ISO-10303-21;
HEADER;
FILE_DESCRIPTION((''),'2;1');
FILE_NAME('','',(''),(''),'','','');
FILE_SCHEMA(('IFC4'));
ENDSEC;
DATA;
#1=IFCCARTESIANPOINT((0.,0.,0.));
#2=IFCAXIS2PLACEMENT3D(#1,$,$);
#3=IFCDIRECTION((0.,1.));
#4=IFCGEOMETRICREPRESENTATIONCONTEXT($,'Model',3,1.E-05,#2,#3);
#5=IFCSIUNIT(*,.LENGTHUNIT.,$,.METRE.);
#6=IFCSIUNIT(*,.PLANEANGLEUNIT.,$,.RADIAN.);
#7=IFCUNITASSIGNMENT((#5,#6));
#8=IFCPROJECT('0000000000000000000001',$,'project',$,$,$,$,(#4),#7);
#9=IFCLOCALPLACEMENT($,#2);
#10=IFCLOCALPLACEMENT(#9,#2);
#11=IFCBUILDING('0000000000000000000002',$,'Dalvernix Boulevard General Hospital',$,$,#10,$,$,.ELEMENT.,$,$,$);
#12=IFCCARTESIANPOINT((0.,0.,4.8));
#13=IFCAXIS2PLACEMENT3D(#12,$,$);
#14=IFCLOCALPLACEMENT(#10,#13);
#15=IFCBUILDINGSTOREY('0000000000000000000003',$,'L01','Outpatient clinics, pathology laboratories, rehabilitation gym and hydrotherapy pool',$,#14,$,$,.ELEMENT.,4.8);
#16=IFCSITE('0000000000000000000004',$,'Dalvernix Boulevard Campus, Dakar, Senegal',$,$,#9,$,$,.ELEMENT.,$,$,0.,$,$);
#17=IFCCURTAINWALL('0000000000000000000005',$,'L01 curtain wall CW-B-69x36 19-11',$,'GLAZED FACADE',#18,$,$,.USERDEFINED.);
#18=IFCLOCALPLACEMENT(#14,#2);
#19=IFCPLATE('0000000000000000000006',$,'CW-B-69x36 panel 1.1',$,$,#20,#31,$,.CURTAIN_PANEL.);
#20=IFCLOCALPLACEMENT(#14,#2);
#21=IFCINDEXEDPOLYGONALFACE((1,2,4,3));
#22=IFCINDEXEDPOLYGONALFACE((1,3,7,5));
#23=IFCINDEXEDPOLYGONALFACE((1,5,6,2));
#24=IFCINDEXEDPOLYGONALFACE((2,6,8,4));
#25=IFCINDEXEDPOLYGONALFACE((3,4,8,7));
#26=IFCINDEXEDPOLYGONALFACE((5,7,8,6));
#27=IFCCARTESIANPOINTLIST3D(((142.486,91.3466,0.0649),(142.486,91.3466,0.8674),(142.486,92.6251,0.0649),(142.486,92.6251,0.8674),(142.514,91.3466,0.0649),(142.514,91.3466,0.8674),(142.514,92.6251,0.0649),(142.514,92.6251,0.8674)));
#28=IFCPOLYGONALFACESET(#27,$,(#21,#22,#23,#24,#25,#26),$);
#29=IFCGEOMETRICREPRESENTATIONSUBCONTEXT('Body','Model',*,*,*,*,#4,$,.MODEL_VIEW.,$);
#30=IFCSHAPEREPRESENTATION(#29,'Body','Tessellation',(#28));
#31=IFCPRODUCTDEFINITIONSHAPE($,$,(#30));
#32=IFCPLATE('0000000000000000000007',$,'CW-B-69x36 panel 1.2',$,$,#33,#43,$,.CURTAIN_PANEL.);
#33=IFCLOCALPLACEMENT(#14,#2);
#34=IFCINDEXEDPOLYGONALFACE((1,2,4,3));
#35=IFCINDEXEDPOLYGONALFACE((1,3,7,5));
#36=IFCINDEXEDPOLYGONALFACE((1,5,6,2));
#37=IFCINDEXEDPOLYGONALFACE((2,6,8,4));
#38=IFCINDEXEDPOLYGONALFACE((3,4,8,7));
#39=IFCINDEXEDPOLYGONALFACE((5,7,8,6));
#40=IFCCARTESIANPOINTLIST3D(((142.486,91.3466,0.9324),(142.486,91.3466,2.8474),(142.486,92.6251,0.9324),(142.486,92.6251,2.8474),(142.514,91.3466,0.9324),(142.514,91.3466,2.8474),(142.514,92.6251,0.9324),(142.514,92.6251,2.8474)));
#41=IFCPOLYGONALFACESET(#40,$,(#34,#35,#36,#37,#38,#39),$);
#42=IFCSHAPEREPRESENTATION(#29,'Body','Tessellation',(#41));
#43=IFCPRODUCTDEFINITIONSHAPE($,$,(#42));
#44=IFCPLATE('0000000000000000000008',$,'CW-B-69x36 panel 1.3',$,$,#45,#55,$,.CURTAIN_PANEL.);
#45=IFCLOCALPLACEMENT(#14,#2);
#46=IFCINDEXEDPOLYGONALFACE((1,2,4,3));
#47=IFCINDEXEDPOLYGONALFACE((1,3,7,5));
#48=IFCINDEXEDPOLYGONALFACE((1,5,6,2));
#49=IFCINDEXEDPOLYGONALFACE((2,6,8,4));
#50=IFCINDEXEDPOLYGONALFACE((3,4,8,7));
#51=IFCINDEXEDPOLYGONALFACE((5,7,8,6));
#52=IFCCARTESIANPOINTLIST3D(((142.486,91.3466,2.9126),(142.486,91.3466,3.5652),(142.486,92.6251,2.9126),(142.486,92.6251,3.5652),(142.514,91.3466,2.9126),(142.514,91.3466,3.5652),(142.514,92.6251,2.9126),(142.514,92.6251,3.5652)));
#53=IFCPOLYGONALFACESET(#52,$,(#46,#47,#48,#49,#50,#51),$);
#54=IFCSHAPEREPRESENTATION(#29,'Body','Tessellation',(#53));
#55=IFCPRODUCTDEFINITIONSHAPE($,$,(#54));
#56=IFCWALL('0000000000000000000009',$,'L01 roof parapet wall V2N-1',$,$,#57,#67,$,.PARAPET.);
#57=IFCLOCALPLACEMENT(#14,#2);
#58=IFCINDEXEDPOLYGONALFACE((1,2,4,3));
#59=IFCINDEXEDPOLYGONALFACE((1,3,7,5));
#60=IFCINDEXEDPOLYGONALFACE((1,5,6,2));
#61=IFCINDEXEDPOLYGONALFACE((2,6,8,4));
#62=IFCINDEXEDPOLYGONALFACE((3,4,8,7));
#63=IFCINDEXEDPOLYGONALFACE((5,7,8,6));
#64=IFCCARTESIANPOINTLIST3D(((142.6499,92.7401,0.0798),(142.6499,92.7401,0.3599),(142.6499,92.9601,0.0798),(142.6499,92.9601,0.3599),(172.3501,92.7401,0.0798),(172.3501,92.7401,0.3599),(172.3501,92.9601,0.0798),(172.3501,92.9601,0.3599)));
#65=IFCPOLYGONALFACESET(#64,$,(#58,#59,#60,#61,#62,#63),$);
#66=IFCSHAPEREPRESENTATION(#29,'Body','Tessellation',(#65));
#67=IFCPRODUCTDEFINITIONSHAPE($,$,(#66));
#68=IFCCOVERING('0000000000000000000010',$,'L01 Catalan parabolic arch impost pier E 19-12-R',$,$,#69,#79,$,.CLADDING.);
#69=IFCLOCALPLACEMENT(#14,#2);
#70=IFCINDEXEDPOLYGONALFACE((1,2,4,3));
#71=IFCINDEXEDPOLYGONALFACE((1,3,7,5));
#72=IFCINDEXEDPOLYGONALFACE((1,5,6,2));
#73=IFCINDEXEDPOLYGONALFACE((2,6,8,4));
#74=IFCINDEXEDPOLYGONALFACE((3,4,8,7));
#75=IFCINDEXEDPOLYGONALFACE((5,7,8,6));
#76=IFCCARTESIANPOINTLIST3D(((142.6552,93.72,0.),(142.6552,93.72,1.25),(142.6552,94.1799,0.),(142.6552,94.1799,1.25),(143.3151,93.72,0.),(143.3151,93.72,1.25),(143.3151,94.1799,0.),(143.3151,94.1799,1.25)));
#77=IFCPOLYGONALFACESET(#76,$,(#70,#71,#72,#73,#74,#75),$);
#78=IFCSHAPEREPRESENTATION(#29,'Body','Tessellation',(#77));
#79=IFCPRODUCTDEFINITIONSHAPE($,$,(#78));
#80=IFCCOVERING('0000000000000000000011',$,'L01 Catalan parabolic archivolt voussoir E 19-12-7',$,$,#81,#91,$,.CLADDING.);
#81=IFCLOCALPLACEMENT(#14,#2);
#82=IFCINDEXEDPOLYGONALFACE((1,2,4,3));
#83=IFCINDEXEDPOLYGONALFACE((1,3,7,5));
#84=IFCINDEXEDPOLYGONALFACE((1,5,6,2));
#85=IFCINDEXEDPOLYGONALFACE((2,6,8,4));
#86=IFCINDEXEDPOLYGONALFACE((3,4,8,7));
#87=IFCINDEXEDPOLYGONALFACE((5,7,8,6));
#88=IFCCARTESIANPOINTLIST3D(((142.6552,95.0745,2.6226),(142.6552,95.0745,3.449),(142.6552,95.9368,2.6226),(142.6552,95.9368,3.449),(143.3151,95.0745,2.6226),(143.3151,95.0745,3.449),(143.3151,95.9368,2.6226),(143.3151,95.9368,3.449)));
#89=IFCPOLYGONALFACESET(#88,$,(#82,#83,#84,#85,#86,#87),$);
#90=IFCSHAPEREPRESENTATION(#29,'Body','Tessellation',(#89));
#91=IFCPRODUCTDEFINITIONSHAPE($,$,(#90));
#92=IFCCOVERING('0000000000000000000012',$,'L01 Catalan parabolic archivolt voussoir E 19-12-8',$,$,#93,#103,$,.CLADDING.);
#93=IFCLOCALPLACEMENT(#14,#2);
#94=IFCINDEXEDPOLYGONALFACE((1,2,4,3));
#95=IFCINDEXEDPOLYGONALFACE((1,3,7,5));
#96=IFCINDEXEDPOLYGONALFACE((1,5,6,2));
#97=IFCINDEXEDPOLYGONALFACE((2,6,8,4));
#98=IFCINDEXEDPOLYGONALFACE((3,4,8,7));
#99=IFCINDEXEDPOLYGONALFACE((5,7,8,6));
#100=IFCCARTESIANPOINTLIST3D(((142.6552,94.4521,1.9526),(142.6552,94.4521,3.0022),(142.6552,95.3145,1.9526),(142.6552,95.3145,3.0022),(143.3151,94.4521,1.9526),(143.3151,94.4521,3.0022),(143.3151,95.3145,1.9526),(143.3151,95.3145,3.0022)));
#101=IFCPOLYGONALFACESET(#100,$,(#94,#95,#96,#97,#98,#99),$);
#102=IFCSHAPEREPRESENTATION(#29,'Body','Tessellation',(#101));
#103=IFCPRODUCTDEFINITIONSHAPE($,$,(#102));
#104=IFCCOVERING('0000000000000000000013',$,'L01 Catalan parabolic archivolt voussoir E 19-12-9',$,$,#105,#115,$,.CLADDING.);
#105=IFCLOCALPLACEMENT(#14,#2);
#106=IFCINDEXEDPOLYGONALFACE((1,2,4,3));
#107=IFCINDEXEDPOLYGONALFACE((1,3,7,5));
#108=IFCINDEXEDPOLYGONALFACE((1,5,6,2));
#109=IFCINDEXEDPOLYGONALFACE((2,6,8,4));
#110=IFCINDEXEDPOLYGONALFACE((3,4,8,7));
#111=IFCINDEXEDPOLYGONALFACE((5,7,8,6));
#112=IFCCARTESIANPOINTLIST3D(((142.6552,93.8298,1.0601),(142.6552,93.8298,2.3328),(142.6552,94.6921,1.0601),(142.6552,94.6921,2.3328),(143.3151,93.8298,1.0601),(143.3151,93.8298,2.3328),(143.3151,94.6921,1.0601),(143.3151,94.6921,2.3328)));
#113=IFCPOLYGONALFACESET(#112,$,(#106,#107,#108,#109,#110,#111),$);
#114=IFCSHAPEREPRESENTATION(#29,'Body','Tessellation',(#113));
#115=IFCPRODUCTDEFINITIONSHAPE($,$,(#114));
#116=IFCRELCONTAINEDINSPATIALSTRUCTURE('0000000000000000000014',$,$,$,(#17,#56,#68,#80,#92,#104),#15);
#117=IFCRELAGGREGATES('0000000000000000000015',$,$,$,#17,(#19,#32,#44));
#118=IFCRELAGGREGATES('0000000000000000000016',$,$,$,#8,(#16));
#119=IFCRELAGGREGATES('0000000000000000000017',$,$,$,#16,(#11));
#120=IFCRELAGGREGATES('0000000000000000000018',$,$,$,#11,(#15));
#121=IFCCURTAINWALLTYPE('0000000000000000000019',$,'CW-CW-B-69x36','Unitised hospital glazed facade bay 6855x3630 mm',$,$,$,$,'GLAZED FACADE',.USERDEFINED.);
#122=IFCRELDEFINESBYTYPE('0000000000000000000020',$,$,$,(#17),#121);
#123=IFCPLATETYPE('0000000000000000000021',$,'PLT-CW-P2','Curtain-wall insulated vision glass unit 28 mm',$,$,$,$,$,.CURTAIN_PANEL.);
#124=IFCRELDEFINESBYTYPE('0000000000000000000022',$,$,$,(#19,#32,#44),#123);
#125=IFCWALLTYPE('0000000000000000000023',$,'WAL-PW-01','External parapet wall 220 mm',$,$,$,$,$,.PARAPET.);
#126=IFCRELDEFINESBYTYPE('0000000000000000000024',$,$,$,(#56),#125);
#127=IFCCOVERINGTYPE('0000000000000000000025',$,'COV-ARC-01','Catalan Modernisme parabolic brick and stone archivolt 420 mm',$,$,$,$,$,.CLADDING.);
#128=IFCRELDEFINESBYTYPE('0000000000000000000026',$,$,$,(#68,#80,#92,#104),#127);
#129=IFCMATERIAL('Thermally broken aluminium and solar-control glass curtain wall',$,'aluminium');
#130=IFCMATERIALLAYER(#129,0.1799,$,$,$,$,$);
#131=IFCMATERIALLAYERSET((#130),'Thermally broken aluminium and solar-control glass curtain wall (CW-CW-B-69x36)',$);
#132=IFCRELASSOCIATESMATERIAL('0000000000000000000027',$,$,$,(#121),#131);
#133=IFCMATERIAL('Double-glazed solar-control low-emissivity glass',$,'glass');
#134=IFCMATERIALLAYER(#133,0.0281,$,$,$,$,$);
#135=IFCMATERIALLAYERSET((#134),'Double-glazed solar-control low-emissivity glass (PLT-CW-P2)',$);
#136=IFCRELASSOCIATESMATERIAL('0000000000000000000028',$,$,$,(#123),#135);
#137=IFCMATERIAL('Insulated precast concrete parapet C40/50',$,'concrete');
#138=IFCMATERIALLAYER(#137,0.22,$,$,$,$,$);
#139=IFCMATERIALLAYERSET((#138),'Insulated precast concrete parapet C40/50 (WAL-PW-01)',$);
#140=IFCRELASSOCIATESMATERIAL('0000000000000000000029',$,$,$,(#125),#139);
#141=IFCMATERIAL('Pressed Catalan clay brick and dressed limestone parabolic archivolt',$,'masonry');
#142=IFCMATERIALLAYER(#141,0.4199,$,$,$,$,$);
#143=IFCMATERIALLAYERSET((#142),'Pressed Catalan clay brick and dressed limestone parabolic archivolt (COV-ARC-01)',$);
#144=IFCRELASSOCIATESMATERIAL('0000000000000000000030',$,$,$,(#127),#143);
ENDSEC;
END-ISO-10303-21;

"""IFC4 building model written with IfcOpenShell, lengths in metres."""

from ifc_helpers import new_model, si_unit, direction, frame, frame_2d, origin, origin_2d, place, context, subcontext, project, spatial, rectangle, extrude, material, layer, layer_set, type_object, element, aggregate, save


model = new_model("IFC4")

# Units and contexts
model_context = context("Model", 3, precision=1e-05, world=origin(), true_north=direction((0.0, 1.0)))
body_context = subcontext(model_context, "Body", "Model", "MODEL_VIEW")
ifc_project = project(units=[si_unit("LENGTHUNIT", "METRE"), si_unit("PLANEANGLEUNIT", "RADIAN")], contexts=[model_context])

# Site, building, storey
site_placement = place(None, origin())
site = spatial("IfcSite", under=ifc_project, at=site_placement, Name="Dalvernix Boulevard Campus, Dakar, Senegal", CompositionType="ELEMENT", RefElevation=0.0)
building_placement = place(site_placement, origin())
building = spatial("IfcBuilding", under=site, at=building_placement, Name="Dalvernix Boulevard General Hospital", CompositionType="ELEMENT")
storey_placement = place(building_placement, frame((0.0, 0.0, 4.8)))
storey = spatial("IfcBuildingStorey", under=building, at=storey_placement, Name="L01", Description="Outpatient clinics, pathology laboratories, rehabilitation gym and hydrotherapy pool", CompositionType="ELEMENT", Elevation=4.8)

# Curtain wall, plates
ifc_material_1 = material(Name="Thermally broken aluminium and solar-control glass curtain wall", Category="aluminium")
ifc_layer_1 = layer(ifc_material_1, 0.1799)
ifc_layer_set_1 = layer_set([ifc_layer_1], Name="Thermally broken aluminium and solar-control glass curtain wall (CW-CW-B-69x36)")
curtain_wall_type = type_object("IfcCurtainWallType", Name="CW-CW-B-69x36", Description="Unitised hospital glazed facade bay 6855x3630 mm", ElementType="GLAZED FACADE", PredefinedType="USERDEFINED", material=ifc_layer_set_1)
curtain_wall_placement = place(storey_placement, origin())
curtain_wall = element("IfcCurtainWall", 1, at=curtain_wall_placement, inside=storey, type_object=curtain_wall_type, Name="L01 curtain wall CW-B-69x36 19-11", ObjectType="GLAZED FACADE", PredefinedType="USERDEFINED")
ifc_material_2 = material(Name="Double-glazed solar-control low-emissivity glass", Category="glass")
ifc_layer_2 = layer(ifc_material_2, 0.0281)
ifc_layer_set_2 = layer_set([ifc_layer_2], Name="Double-glazed solar-control low-emissivity glass (PLT-CW-P2)")
plate_type = type_object("IfcPlateType", Name="PLT-CW-P2", Description="Curtain-wall insulated vision glass unit 28 mm", PredefinedType="CURTAIN_PANEL", material=ifc_layer_set_2)
plate_1_placement = place(storey_placement, frame((142.5, 91.9858, 0.0649), z_axis=(0.0, 0.0, 1.0), x_axis=(0.0, -1.0, 0.0)))
plate_1 = element("IfcPlate", 2, at=plate_1_placement, type_object=plate_type, Name="CW-B-69x36 panel 1.1", PredefinedType="CURTAIN_PANEL", context=body_context, shape_type="SweptSolid", body=[
    extrude(rectangle(XDim=1.2786, YDim=0.0281, at=origin_2d()), origin(), (0.0, 0.0, 1.0), 0.8025),
])
plate_2_placement = place(storey_placement, frame((142.5, 91.9858, 0.9324), z_axis=(0.0, 0.0, 1.0), x_axis=(0.0, -1.0, 0.0)))
plate_2 = element("IfcPlate", 3, at=plate_2_placement, type_object=plate_type, Name="CW-B-69x36 panel 1.2", PredefinedType="CURTAIN_PANEL", context=body_context, shape_type="SweptSolid", body=[
    extrude(rectangle(XDim=1.2786, YDim=0.0281, at=origin_2d()), origin(), (0.0, 0.0, 1.0), 1.915),
])
plate_3_placement = place(storey_placement, frame((142.5, 91.9858, 2.9126), z_axis=(0.0, 0.0, 1.0), x_axis=(0.0, -1.0, 0.0)))
plate_3 = element("IfcPlate", 4, at=plate_3_placement, type_object=plate_type, Name="CW-B-69x36 panel 1.3", PredefinedType="CURTAIN_PANEL", context=body_context, shape_type="SweptSolid", body=[
    extrude(rectangle(XDim=1.2786, YDim=0.0281, at=origin_2d()), origin(), (0.0, 0.0, 1.0), 0.6526),
])
aggregate(curtain_wall, [plate_1, plate_2, plate_3])

# Wall
ifc_material_3 = material(Name="Insulated precast concrete parapet C40/50", Category="concrete")
ifc_layer_3 = layer(ifc_material_3, 0.22)
ifc_layer_set_3 = layer_set([ifc_layer_3], Name="Insulated precast concrete parapet C40/50 (WAL-PW-01)")
wall_type = type_object("IfcWallType", Name="WAL-PW-01", Description="External parapet wall 220 mm", PredefinedType="PARAPET", material=ifc_layer_set_3)
wall_placement = place(storey_placement, frame((142.6499, 92.8501, 0.0798), z_axis=(0.0, 0.0, 1.0), x_axis=(1.0, 0.0, 0.0)))
element("IfcWall", 5, at=wall_placement, inside=storey, type_object=wall_type, Name="L01 roof parapet wall V2N-1", PredefinedType="PARAPET", context=body_context, shape_type="SweptSolid", body=[
    extrude(rectangle(XDim=29.7002, YDim=0.22, at=frame_2d((14.8501, 0.0))), origin(), (0.0, 0.0, 1.0), 0.28),
])

# Coverings
ifc_material_4 = material(Name="Pressed Catalan clay brick and dressed limestone parabolic archivolt", Category="masonry")
ifc_layer_4 = layer(ifc_material_4, 0.4199)
ifc_layer_set_4 = layer_set([ifc_layer_4], Name="Pressed Catalan clay brick and dressed limestone parabolic archivolt (COV-ARC-01)")
covering_type = type_object("IfcCoveringType", Name="COV-ARC-01", Description="Catalan Modernisme parabolic brick and stone archivolt 420 mm", PredefinedType="CLADDING", material=ifc_layer_set_4)
covering_1_placement = place(storey_placement, frame((142.9851, 93.95, 0.0), z_axis=(0.0, 0.0, 1.0), x_axis=(0.0, -1.0, 0.0)))
element("IfcCovering", 6, at=covering_1_placement, inside=storey, type_object=covering_type, Name="L01 Catalan parabolic arch impost pier E 19-12-R", PredefinedType="CLADDING", context=body_context, shape_type="SweptSolid", body=[
    extrude(rectangle(XDim=0.46, YDim=0.6599, at=origin_2d()), origin(), (0.0, 0.0, 1.0), 1.25),
])
covering_2_placement = place(storey_placement, frame((142.9851, 95.5056, 2.6226), z_axis=(0.0, 0.0, 1.0), x_axis=(0.0, -1.0, 0.0)))
element("IfcCovering", 7, at=covering_2_placement, inside=storey, type_object=covering_type, Name="L01 Catalan parabolic archivolt voussoir E 19-12-7", PredefinedType="CLADDING", context=body_context, shape_type="SweptSolid", body=[
    extrude(rectangle(XDim=0.8623, YDim=0.6599, at=origin_2d()), origin(), (0.0, 0.0, 1.0), 0.8264),
])
covering_3_placement = place(storey_placement, frame((142.9851, 94.8833, 1.9526), z_axis=(0.0, 0.0, 1.0), x_axis=(0.0, -1.0, 0.0)))
element("IfcCovering", 8, at=covering_3_placement, inside=storey, type_object=covering_type, Name="L01 Catalan parabolic archivolt voussoir E 19-12-8", PredefinedType="CLADDING", context=body_context, shape_type="SweptSolid", body=[
    extrude(rectangle(XDim=0.8623, YDim=0.6599, at=origin_2d()), origin(), (0.0, 0.0, 1.0), 1.0496),
])
covering_4_placement = place(storey_placement, frame((142.9851, 94.261, 1.0601), z_axis=(0.0, 0.0, 1.0), x_axis=(0.0, -1.0, 0.0)))
element("IfcCovering", 9, at=covering_4_placement, inside=storey, type_object=covering_type, Name="L01 Catalan parabolic archivolt voussoir E 19-12-9", PredefinedType="CLADDING", context=body_context, shape_type="SweptSolid", body=[
    extrude(rectangle(XDim=0.8623, YDim=0.6599, at=origin_2d()), origin(), (0.0, 0.0, 1.0), 1.2727),
])

save(model, "model.ifc")
